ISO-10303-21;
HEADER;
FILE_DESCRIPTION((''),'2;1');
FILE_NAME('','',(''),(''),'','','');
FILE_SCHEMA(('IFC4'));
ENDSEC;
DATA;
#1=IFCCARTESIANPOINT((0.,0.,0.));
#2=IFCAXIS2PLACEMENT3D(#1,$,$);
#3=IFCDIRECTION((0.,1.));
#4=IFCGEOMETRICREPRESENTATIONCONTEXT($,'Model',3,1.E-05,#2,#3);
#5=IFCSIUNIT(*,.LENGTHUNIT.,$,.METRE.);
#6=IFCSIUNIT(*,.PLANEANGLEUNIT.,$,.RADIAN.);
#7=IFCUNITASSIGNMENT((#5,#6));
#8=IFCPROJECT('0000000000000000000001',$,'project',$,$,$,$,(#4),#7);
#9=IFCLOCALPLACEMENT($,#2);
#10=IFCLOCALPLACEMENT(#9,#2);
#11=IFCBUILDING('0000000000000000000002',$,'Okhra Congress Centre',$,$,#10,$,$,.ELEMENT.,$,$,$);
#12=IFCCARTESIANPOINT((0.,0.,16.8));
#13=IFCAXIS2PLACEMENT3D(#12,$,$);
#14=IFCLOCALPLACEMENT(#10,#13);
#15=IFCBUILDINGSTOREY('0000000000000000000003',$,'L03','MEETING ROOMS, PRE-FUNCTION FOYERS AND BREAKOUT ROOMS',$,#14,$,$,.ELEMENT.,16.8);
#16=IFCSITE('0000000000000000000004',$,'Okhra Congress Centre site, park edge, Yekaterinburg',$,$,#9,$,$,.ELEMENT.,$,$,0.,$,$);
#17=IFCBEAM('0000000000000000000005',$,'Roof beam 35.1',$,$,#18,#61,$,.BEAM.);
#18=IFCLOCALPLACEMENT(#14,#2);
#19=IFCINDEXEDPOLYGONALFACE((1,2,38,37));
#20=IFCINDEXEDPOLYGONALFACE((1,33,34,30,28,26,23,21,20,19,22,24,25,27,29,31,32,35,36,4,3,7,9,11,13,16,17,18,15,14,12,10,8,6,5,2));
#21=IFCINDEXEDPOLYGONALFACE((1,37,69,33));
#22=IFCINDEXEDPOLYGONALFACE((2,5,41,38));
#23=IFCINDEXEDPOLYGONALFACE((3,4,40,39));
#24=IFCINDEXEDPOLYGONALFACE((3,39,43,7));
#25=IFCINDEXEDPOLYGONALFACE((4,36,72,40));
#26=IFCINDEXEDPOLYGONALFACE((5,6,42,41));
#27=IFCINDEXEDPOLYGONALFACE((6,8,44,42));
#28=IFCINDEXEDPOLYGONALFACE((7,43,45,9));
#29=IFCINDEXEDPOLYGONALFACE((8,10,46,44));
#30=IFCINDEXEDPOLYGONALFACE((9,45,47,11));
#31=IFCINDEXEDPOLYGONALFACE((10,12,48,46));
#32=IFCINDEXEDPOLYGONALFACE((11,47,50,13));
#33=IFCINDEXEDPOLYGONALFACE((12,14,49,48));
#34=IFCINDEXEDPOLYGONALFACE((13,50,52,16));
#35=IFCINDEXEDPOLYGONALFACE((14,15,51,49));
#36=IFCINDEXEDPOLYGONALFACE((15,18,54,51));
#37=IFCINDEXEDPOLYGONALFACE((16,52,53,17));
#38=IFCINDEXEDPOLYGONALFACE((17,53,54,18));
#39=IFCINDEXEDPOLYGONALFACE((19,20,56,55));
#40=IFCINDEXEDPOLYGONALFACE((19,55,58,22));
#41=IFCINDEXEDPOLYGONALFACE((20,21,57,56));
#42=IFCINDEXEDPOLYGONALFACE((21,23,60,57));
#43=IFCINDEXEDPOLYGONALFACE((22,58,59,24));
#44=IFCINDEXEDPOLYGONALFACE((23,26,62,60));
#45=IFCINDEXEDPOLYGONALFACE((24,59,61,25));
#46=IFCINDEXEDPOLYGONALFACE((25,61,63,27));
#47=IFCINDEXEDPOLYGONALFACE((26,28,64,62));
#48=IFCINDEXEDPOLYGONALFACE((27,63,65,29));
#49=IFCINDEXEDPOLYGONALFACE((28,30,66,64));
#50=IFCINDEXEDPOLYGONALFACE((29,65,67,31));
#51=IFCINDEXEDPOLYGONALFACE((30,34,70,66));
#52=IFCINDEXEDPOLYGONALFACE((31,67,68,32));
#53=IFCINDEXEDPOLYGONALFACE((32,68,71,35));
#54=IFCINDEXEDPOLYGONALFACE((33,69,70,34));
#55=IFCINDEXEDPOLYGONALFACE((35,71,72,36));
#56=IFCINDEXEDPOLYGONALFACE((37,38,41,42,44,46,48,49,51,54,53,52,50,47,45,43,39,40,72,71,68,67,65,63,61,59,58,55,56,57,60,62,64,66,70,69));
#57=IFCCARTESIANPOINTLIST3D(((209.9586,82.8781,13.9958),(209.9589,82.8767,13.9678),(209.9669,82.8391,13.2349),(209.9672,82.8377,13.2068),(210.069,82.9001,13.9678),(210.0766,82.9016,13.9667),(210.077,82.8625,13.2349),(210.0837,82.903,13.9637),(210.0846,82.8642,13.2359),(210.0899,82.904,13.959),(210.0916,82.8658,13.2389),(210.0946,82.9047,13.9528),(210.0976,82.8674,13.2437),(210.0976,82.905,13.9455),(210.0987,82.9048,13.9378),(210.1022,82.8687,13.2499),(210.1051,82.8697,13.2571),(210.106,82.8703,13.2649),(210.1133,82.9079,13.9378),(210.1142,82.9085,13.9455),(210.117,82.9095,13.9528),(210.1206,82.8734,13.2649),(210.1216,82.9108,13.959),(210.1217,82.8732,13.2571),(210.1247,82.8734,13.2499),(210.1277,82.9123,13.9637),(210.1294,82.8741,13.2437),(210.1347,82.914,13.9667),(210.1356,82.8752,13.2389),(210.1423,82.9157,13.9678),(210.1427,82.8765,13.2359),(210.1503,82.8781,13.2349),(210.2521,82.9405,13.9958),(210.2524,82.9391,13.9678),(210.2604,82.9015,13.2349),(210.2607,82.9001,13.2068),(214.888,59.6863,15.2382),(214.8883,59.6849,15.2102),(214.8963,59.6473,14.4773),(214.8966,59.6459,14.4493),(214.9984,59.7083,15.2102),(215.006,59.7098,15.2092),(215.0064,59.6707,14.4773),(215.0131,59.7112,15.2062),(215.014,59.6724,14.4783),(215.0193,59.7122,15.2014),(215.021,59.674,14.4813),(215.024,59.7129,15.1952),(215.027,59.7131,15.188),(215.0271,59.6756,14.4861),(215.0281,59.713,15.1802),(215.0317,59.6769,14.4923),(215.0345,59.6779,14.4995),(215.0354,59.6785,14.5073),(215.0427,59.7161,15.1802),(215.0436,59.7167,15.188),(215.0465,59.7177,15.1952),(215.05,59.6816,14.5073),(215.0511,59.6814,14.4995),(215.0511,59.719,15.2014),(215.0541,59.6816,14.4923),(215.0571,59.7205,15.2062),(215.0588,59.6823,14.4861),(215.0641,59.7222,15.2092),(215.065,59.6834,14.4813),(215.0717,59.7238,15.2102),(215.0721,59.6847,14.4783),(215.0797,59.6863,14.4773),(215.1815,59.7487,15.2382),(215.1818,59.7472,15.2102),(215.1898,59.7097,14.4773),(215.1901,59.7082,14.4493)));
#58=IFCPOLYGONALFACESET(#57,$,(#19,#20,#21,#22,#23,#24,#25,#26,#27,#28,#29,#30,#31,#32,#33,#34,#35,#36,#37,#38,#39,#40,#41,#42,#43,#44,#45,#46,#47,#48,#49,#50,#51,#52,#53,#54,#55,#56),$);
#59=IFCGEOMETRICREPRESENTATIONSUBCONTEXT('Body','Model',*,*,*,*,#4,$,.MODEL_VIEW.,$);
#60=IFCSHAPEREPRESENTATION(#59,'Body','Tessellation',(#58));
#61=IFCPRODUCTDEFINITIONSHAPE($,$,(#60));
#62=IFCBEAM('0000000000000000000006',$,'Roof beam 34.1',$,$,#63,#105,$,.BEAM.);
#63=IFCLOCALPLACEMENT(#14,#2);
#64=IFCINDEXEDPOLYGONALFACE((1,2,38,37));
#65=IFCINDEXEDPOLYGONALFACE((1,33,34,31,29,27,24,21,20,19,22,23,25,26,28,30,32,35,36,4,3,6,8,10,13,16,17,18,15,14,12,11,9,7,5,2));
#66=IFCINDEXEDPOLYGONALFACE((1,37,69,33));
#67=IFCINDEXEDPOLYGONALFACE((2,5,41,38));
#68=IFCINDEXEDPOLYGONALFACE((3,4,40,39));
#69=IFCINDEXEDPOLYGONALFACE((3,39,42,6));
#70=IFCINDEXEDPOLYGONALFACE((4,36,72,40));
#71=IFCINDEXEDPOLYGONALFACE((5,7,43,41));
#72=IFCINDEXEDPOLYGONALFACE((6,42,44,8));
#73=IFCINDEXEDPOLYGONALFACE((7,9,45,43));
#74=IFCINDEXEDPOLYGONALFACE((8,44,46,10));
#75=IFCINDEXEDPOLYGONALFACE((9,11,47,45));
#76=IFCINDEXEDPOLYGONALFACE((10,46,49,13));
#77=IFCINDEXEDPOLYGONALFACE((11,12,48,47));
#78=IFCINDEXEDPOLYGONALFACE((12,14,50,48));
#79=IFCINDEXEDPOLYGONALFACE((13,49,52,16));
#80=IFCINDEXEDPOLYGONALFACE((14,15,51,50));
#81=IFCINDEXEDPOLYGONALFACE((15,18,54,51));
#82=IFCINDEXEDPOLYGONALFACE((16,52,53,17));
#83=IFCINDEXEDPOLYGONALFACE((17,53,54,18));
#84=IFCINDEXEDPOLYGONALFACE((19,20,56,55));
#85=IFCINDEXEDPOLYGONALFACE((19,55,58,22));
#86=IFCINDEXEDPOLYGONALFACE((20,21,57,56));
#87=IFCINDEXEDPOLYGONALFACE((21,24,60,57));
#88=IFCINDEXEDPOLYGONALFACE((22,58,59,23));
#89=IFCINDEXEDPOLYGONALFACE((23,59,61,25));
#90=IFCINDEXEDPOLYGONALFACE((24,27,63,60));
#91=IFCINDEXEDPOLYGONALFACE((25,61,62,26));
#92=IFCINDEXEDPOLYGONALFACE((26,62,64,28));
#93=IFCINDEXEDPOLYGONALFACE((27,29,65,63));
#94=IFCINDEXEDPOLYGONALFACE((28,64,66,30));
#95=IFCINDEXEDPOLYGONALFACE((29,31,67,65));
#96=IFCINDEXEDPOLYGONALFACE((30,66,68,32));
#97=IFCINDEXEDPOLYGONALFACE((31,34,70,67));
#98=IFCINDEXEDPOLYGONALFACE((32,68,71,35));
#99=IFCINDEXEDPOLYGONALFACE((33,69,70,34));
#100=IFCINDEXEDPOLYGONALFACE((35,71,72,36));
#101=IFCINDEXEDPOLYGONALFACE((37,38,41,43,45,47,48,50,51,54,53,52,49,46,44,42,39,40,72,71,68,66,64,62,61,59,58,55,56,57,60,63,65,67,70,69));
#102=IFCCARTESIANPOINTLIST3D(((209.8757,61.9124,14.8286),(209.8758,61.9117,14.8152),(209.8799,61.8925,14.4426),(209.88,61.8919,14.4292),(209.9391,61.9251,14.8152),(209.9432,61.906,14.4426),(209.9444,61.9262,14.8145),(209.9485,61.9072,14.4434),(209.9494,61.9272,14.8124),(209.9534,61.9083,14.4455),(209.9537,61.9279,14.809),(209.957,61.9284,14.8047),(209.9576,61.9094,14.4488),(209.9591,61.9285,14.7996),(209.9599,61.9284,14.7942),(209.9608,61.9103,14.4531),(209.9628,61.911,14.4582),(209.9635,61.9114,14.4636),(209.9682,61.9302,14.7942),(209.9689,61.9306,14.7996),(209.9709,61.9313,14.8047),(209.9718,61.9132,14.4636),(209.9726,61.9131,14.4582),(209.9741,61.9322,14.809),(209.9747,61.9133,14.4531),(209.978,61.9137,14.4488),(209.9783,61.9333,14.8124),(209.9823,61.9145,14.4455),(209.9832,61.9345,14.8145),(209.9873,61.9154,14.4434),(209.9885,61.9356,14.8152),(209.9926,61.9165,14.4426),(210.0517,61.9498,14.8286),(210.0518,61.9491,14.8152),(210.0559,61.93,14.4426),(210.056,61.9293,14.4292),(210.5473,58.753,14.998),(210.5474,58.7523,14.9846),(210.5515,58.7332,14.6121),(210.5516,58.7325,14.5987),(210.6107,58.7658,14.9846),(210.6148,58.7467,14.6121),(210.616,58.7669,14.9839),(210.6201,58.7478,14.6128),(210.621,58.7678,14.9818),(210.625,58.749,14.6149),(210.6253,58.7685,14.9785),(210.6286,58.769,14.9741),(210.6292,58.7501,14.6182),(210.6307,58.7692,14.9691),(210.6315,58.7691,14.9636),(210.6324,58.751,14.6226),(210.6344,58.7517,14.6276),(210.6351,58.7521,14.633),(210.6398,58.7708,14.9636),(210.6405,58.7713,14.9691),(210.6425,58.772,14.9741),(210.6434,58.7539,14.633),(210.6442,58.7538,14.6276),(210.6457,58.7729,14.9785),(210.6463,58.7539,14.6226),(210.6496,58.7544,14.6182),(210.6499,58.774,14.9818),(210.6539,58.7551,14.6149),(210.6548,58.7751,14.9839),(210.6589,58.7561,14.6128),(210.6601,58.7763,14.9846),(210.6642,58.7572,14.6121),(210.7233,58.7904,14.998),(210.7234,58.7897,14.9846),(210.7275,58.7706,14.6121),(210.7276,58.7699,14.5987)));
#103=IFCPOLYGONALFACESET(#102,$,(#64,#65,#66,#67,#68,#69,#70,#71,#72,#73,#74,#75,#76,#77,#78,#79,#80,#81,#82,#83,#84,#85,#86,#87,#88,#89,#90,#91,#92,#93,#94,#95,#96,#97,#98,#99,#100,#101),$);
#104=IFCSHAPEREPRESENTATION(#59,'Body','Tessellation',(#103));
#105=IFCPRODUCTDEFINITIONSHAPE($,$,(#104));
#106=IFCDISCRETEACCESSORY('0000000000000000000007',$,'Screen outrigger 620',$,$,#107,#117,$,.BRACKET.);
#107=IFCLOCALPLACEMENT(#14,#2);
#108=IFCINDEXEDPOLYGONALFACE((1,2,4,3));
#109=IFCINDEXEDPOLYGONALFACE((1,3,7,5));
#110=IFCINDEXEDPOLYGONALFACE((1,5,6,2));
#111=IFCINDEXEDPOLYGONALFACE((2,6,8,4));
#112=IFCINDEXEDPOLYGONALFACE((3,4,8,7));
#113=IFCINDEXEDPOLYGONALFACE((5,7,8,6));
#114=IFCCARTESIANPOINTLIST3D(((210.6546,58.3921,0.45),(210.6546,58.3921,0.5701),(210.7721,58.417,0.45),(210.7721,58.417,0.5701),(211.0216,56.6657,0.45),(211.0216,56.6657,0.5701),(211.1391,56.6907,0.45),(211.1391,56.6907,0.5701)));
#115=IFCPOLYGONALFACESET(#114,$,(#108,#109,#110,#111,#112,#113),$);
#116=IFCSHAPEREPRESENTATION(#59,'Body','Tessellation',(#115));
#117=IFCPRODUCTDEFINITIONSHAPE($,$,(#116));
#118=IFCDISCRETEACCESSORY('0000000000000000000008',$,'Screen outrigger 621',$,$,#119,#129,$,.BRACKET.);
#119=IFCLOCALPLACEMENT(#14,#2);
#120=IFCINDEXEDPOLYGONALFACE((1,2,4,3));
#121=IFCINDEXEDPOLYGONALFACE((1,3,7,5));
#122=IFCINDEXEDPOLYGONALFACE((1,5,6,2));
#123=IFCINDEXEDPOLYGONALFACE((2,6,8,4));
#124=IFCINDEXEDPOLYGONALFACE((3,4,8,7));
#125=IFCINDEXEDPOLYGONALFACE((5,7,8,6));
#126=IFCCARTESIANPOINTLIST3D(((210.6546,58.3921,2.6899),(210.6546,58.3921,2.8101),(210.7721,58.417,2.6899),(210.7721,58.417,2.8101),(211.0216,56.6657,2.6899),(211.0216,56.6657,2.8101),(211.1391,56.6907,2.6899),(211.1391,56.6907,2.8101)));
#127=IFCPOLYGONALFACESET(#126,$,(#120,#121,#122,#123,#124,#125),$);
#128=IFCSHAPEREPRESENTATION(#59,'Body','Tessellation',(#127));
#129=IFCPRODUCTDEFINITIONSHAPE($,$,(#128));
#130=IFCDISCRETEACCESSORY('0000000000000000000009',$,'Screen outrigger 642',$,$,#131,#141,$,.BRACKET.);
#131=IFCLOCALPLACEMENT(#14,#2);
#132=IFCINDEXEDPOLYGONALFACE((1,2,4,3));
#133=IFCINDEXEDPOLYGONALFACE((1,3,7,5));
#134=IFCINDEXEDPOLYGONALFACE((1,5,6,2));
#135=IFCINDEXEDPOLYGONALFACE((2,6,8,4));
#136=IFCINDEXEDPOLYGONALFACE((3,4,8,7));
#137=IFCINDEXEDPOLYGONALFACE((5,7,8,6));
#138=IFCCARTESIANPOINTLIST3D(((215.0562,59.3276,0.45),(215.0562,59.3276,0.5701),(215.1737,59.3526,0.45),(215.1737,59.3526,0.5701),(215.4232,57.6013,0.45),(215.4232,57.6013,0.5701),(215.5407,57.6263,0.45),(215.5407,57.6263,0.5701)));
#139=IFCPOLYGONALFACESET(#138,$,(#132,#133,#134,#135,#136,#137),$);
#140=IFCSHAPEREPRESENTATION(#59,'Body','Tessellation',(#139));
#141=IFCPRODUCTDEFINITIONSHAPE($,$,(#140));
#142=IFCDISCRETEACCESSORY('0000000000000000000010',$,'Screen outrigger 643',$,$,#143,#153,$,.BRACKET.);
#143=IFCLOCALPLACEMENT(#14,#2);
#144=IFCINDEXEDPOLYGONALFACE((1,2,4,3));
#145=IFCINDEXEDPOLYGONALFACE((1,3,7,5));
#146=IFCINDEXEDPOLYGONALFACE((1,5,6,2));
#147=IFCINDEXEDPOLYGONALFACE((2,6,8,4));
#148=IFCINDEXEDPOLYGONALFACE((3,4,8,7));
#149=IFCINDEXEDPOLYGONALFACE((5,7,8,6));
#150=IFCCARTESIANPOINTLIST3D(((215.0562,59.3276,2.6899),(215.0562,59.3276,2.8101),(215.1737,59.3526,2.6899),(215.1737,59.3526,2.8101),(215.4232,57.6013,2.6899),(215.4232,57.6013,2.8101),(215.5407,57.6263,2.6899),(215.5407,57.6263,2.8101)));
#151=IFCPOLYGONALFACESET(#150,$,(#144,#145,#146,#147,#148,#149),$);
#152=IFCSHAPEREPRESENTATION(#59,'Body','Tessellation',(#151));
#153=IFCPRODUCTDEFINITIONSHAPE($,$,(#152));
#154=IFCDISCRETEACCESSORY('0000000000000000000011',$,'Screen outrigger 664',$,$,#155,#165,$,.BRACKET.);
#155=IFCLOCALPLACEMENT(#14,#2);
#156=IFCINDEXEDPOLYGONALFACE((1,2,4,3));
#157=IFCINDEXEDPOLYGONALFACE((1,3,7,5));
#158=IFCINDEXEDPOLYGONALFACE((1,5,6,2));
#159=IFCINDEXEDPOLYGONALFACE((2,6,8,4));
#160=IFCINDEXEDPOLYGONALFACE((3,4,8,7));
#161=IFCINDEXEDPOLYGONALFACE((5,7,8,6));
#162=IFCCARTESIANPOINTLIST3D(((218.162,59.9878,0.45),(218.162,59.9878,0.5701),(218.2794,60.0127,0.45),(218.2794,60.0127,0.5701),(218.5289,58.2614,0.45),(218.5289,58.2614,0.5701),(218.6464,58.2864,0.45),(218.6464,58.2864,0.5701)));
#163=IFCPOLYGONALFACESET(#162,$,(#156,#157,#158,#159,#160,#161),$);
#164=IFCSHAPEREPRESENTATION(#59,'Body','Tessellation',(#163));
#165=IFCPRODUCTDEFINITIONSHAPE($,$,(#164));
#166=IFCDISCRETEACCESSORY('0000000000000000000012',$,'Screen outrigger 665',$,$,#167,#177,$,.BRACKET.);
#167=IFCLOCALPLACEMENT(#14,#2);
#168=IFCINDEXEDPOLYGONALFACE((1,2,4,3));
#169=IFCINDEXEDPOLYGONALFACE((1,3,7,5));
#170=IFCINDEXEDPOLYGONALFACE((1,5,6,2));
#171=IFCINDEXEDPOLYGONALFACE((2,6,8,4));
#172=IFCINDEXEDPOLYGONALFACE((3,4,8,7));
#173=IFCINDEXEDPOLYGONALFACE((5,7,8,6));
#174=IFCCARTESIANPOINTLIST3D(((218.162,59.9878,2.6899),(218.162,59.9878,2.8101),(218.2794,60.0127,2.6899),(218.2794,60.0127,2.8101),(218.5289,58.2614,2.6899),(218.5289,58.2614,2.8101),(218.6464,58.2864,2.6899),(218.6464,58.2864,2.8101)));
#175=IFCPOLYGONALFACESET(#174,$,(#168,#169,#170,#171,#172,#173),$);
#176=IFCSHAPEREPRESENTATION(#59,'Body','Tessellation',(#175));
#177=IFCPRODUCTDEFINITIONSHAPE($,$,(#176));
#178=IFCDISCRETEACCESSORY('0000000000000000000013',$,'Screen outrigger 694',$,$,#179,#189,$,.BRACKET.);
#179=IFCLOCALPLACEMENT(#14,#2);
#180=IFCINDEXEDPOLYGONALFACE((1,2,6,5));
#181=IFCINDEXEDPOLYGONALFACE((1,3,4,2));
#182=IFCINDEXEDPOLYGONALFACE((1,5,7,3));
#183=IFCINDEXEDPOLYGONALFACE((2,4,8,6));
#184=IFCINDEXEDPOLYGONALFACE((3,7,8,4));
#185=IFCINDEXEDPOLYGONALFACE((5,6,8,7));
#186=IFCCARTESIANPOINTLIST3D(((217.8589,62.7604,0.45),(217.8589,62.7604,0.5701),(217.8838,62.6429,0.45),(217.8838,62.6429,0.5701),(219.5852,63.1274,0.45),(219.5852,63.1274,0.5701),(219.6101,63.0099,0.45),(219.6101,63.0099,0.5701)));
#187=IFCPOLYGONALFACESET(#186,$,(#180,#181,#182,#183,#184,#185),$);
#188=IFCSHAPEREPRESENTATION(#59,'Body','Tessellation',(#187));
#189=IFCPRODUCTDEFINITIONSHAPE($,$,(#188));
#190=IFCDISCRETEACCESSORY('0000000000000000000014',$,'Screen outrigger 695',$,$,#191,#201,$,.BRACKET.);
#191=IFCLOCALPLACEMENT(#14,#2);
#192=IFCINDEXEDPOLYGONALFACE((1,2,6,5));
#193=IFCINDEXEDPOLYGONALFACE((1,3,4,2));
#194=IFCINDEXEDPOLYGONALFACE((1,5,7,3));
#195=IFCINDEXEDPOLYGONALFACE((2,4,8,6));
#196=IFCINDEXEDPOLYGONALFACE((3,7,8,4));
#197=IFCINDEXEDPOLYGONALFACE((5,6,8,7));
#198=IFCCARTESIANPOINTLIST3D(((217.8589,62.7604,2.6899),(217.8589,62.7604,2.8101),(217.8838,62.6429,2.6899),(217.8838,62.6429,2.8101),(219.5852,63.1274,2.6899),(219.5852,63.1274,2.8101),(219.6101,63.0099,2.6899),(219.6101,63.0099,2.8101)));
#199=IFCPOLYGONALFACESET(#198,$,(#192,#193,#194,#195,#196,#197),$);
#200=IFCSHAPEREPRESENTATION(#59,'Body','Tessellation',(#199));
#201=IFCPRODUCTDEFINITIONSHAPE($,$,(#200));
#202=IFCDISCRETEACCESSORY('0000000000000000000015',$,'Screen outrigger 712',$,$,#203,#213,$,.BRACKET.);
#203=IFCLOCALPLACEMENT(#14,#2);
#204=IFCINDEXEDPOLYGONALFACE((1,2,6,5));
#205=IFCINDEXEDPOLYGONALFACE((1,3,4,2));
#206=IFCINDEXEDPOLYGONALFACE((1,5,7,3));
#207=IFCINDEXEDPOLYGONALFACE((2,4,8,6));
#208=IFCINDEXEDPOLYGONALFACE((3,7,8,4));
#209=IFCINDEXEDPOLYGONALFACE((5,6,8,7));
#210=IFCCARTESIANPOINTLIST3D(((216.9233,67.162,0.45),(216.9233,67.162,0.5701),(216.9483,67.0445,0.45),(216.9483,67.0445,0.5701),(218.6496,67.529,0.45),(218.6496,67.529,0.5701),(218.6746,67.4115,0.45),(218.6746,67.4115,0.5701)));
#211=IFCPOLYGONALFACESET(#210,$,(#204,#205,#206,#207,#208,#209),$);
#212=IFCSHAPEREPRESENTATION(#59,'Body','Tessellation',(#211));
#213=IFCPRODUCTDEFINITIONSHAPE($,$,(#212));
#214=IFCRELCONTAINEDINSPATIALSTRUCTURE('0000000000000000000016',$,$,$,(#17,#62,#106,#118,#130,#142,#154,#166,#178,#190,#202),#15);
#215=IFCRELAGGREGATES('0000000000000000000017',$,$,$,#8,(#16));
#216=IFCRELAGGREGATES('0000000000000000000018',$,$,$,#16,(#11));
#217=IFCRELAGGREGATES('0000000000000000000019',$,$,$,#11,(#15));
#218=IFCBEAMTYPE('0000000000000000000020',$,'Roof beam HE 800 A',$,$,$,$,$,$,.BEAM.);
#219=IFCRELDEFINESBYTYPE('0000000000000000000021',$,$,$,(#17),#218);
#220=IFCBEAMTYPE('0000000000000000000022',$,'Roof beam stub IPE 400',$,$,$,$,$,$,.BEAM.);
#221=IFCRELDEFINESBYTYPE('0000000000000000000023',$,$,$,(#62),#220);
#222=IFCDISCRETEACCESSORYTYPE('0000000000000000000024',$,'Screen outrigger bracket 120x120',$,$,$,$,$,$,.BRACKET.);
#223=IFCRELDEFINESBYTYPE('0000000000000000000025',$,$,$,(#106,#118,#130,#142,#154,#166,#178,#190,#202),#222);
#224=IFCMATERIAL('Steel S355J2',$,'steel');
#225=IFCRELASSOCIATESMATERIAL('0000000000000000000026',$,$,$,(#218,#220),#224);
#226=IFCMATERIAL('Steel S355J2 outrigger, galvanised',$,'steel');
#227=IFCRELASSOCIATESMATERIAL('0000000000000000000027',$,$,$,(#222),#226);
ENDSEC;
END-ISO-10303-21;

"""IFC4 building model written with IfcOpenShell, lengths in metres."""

from ifc_helpers import new_model, si_unit, direction, frame, origin, origin_2d, place, context, subcontext, project, spatial, rectangle, i_section, extrude, material, material_profile, profile_set, type_object, element, save


model = new_model("IFC4")

# Units and contexts
model_context = context("Model", 3, precision=1e-05, world=origin(), true_north=direction((0.0, 1.0)))
body_context = subcontext(model_context, "Body", "Model", "MODEL_VIEW")
ifc_project = project(units=[si_unit("LENGTHUNIT", "METRE"), si_unit("PLANEANGLEUNIT", "RADIAN")], contexts=[model_context])

# Site, building, storey
site_placement = place(None, origin())
site = spatial("IfcSite", under=ifc_project, at=site_placement, Name="Okhra Congress Centre site, park edge, Yekaterinburg", CompositionType="ELEMENT", RefElevation=0.0)
building_placement = place(site_placement, origin())
building = spatial("IfcBuilding", under=site, at=building_placement, Name="Okhra Congress Centre", CompositionType="ELEMENT")
storey_placement = place(building_placement, frame((0.0, 0.0, 16.8)))
storey = spatial("IfcBuildingStorey", under=building, at=storey_placement, Name="L03", Description="MEETING ROOMS, PRE-FUNCTION FOYERS AND BREAKOUT ROOMS", CompositionType="ELEMENT", Elevation=16.8)

# Beams
ifc_material_1 = material(Name="Steel S355J2", Category="steel")
ifc_material_profile_1 = material_profile(ifc_material_1, i_section(OverallWidth=0.3, OverallDepth=0.79, WebThickness=0.0149, FlangeThickness=0.0281, FilletRadius=0.03, at=origin_2d()), Name="HE 800 A")
ifc_profile_set_1 = profile_set([ifc_material_profile_1], Name="Steel S355J2")
beam_type_1 = type_object("IfcBeamType", Name="Roof beam HE 800 A", PredefinedType="BEAM", material=ifc_profile_set_1)
beam_1_placement = place(storey_placement, frame((215.0391, 59.6973, 14.8438), z_axis=(-0.207621, 0.976809, -0.052329), x_axis=(-0.978149, -0.207906, 0.0)))
element("IfcBeam", 1, at=beam_1_placement, inside=storey, type_object=beam_type_1, Name="Roof beam 35.1", PredefinedType="BEAM", context=body_context, shape_type="SweptSolid", body=[
    extrude(i_section(OverallWidth=0.3, OverallDepth=0.79, WebThickness=0.0149, FlangeThickness=0.0281, FilletRadius=0.03, at=origin_2d()), origin(), (0.0, 0.0, 1.0), 23.7424),
])
ifc_material_profile_2 = material_profile(ifc_material_1, i_section(OverallWidth=0.1799, OverallDepth=0.3999, WebThickness=0.0085, FlangeThickness=0.0134, FilletRadius=0.021, at=origin_2d()), Name="IPE 400")
ifc_profile_set_2 = profile_set([ifc_material_profile_2], Name="Steel S355J2")
beam_type_2 = type_object("IfcBeamType", Name="Roof beam stub IPE 400", PredefinedType="BEAM", material=ifc_profile_set_2)
beam_2_placement = place(storey_placement, frame((210.6375, 58.7615, 14.7983), z_axis=(-0.207648, 0.9768, -0.052384), x_axis=(-0.978143, -0.207934, 0.0)))
element("IfcBeam", 2, at=beam_2_placement, inside=storey, type_object=beam_type_2, Name="Roof beam 34.1", PredefinedType="BEAM", context=body_context, shape_type="SweptSolid", body=[
    extrude(i_section(OverallWidth=0.1799, OverallDepth=0.3999, WebThickness=0.0085, FlangeThickness=0.0134, FilletRadius=0.021, at=origin_2d()), origin(), (0.0, 0.0, 1.0), 3.2344),
])

# Discrete accessories
ifc_material_2 = material(Name="Steel S355J2 outrigger, galvanised", Category="steel")
ifc_material_profile_3 = material_profile(ifc_material_2, rectangle(XDim=0.1201, YDim=0.1201, at=origin_2d()), Name="Screen outrigger bracket 120x120")
ifc_profile_set_3 = profile_set([ifc_material_profile_3], Name="Steel S355J2 outrigger, galvanised")
discrete_accessory_type = type_object("IfcDiscreteAccessoryType", Name="Screen outrigger bracket 120x120", PredefinedType="BRACKET", material=ifc_profile_set_3)
for number, where, z_axis, x_axis, name in (
    (3, (210.7134, 58.4045, 0.51), (0.207913, -0.978147, 0.0), (0.978147, 0.207913, 0.0), "Screen outrigger 620"),
    (4, (210.7134, 58.4045, 2.75), (0.207913, -0.978147, 0.0), (0.978147, 0.207913, 0.0), "Screen outrigger 621"),
    (5, (215.115, 59.3401, 0.51), (0.207913, -0.978147, 0.0), (0.978147, 0.207913, 0.0), "Screen outrigger 642"),
    (6, (215.115, 59.3401, 2.75), (0.207913, -0.978147, 0.0), (0.978147, 0.207913, 0.0), "Screen outrigger 643"),
    (7, (218.2207, 60.0002, 0.51), (0.207913, -0.978147, 0.0), (0.978147, 0.207913, 0.0), "Screen outrigger 664"),
    (8, (218.2207, 60.0002, 2.75), (0.207913, -0.978147, 0.0), (0.978147, 0.207913, 0.0), "Screen outrigger 665"),
    (9, (217.8713, 62.7017, 0.51), (0.978147, 0.207913, 0.0), (-0.207913, 0.978147, 0.0), "Screen outrigger 694"),
    (10, (217.8713, 62.7017, 2.75), (0.978147, 0.207913, 0.0), (-0.207913, 0.978147, 0.0), "Screen outrigger 695"),
    (11, (216.9358, 67.1033, 0.51), (0.978147, 0.207913, 0.0), (-0.207913, 0.978147, 0.0), "Screen outrigger 712"),
):
    element("IfcDiscreteAccessory", number, at=place(storey_placement, frame(where, z_axis=z_axis, x_axis=x_axis)), inside=storey, type_object=discrete_accessory_type, Name=name, PredefinedType="BRACKET", context=body_context, shape_type="SweptSolid", body=[
        extrude(rectangle(XDim=0.1201, YDim=0.1201, at=origin_2d()), origin(), (0.0, 0.0, 1.0), 1.7649),
    ])

save(model, "model.ifc")
